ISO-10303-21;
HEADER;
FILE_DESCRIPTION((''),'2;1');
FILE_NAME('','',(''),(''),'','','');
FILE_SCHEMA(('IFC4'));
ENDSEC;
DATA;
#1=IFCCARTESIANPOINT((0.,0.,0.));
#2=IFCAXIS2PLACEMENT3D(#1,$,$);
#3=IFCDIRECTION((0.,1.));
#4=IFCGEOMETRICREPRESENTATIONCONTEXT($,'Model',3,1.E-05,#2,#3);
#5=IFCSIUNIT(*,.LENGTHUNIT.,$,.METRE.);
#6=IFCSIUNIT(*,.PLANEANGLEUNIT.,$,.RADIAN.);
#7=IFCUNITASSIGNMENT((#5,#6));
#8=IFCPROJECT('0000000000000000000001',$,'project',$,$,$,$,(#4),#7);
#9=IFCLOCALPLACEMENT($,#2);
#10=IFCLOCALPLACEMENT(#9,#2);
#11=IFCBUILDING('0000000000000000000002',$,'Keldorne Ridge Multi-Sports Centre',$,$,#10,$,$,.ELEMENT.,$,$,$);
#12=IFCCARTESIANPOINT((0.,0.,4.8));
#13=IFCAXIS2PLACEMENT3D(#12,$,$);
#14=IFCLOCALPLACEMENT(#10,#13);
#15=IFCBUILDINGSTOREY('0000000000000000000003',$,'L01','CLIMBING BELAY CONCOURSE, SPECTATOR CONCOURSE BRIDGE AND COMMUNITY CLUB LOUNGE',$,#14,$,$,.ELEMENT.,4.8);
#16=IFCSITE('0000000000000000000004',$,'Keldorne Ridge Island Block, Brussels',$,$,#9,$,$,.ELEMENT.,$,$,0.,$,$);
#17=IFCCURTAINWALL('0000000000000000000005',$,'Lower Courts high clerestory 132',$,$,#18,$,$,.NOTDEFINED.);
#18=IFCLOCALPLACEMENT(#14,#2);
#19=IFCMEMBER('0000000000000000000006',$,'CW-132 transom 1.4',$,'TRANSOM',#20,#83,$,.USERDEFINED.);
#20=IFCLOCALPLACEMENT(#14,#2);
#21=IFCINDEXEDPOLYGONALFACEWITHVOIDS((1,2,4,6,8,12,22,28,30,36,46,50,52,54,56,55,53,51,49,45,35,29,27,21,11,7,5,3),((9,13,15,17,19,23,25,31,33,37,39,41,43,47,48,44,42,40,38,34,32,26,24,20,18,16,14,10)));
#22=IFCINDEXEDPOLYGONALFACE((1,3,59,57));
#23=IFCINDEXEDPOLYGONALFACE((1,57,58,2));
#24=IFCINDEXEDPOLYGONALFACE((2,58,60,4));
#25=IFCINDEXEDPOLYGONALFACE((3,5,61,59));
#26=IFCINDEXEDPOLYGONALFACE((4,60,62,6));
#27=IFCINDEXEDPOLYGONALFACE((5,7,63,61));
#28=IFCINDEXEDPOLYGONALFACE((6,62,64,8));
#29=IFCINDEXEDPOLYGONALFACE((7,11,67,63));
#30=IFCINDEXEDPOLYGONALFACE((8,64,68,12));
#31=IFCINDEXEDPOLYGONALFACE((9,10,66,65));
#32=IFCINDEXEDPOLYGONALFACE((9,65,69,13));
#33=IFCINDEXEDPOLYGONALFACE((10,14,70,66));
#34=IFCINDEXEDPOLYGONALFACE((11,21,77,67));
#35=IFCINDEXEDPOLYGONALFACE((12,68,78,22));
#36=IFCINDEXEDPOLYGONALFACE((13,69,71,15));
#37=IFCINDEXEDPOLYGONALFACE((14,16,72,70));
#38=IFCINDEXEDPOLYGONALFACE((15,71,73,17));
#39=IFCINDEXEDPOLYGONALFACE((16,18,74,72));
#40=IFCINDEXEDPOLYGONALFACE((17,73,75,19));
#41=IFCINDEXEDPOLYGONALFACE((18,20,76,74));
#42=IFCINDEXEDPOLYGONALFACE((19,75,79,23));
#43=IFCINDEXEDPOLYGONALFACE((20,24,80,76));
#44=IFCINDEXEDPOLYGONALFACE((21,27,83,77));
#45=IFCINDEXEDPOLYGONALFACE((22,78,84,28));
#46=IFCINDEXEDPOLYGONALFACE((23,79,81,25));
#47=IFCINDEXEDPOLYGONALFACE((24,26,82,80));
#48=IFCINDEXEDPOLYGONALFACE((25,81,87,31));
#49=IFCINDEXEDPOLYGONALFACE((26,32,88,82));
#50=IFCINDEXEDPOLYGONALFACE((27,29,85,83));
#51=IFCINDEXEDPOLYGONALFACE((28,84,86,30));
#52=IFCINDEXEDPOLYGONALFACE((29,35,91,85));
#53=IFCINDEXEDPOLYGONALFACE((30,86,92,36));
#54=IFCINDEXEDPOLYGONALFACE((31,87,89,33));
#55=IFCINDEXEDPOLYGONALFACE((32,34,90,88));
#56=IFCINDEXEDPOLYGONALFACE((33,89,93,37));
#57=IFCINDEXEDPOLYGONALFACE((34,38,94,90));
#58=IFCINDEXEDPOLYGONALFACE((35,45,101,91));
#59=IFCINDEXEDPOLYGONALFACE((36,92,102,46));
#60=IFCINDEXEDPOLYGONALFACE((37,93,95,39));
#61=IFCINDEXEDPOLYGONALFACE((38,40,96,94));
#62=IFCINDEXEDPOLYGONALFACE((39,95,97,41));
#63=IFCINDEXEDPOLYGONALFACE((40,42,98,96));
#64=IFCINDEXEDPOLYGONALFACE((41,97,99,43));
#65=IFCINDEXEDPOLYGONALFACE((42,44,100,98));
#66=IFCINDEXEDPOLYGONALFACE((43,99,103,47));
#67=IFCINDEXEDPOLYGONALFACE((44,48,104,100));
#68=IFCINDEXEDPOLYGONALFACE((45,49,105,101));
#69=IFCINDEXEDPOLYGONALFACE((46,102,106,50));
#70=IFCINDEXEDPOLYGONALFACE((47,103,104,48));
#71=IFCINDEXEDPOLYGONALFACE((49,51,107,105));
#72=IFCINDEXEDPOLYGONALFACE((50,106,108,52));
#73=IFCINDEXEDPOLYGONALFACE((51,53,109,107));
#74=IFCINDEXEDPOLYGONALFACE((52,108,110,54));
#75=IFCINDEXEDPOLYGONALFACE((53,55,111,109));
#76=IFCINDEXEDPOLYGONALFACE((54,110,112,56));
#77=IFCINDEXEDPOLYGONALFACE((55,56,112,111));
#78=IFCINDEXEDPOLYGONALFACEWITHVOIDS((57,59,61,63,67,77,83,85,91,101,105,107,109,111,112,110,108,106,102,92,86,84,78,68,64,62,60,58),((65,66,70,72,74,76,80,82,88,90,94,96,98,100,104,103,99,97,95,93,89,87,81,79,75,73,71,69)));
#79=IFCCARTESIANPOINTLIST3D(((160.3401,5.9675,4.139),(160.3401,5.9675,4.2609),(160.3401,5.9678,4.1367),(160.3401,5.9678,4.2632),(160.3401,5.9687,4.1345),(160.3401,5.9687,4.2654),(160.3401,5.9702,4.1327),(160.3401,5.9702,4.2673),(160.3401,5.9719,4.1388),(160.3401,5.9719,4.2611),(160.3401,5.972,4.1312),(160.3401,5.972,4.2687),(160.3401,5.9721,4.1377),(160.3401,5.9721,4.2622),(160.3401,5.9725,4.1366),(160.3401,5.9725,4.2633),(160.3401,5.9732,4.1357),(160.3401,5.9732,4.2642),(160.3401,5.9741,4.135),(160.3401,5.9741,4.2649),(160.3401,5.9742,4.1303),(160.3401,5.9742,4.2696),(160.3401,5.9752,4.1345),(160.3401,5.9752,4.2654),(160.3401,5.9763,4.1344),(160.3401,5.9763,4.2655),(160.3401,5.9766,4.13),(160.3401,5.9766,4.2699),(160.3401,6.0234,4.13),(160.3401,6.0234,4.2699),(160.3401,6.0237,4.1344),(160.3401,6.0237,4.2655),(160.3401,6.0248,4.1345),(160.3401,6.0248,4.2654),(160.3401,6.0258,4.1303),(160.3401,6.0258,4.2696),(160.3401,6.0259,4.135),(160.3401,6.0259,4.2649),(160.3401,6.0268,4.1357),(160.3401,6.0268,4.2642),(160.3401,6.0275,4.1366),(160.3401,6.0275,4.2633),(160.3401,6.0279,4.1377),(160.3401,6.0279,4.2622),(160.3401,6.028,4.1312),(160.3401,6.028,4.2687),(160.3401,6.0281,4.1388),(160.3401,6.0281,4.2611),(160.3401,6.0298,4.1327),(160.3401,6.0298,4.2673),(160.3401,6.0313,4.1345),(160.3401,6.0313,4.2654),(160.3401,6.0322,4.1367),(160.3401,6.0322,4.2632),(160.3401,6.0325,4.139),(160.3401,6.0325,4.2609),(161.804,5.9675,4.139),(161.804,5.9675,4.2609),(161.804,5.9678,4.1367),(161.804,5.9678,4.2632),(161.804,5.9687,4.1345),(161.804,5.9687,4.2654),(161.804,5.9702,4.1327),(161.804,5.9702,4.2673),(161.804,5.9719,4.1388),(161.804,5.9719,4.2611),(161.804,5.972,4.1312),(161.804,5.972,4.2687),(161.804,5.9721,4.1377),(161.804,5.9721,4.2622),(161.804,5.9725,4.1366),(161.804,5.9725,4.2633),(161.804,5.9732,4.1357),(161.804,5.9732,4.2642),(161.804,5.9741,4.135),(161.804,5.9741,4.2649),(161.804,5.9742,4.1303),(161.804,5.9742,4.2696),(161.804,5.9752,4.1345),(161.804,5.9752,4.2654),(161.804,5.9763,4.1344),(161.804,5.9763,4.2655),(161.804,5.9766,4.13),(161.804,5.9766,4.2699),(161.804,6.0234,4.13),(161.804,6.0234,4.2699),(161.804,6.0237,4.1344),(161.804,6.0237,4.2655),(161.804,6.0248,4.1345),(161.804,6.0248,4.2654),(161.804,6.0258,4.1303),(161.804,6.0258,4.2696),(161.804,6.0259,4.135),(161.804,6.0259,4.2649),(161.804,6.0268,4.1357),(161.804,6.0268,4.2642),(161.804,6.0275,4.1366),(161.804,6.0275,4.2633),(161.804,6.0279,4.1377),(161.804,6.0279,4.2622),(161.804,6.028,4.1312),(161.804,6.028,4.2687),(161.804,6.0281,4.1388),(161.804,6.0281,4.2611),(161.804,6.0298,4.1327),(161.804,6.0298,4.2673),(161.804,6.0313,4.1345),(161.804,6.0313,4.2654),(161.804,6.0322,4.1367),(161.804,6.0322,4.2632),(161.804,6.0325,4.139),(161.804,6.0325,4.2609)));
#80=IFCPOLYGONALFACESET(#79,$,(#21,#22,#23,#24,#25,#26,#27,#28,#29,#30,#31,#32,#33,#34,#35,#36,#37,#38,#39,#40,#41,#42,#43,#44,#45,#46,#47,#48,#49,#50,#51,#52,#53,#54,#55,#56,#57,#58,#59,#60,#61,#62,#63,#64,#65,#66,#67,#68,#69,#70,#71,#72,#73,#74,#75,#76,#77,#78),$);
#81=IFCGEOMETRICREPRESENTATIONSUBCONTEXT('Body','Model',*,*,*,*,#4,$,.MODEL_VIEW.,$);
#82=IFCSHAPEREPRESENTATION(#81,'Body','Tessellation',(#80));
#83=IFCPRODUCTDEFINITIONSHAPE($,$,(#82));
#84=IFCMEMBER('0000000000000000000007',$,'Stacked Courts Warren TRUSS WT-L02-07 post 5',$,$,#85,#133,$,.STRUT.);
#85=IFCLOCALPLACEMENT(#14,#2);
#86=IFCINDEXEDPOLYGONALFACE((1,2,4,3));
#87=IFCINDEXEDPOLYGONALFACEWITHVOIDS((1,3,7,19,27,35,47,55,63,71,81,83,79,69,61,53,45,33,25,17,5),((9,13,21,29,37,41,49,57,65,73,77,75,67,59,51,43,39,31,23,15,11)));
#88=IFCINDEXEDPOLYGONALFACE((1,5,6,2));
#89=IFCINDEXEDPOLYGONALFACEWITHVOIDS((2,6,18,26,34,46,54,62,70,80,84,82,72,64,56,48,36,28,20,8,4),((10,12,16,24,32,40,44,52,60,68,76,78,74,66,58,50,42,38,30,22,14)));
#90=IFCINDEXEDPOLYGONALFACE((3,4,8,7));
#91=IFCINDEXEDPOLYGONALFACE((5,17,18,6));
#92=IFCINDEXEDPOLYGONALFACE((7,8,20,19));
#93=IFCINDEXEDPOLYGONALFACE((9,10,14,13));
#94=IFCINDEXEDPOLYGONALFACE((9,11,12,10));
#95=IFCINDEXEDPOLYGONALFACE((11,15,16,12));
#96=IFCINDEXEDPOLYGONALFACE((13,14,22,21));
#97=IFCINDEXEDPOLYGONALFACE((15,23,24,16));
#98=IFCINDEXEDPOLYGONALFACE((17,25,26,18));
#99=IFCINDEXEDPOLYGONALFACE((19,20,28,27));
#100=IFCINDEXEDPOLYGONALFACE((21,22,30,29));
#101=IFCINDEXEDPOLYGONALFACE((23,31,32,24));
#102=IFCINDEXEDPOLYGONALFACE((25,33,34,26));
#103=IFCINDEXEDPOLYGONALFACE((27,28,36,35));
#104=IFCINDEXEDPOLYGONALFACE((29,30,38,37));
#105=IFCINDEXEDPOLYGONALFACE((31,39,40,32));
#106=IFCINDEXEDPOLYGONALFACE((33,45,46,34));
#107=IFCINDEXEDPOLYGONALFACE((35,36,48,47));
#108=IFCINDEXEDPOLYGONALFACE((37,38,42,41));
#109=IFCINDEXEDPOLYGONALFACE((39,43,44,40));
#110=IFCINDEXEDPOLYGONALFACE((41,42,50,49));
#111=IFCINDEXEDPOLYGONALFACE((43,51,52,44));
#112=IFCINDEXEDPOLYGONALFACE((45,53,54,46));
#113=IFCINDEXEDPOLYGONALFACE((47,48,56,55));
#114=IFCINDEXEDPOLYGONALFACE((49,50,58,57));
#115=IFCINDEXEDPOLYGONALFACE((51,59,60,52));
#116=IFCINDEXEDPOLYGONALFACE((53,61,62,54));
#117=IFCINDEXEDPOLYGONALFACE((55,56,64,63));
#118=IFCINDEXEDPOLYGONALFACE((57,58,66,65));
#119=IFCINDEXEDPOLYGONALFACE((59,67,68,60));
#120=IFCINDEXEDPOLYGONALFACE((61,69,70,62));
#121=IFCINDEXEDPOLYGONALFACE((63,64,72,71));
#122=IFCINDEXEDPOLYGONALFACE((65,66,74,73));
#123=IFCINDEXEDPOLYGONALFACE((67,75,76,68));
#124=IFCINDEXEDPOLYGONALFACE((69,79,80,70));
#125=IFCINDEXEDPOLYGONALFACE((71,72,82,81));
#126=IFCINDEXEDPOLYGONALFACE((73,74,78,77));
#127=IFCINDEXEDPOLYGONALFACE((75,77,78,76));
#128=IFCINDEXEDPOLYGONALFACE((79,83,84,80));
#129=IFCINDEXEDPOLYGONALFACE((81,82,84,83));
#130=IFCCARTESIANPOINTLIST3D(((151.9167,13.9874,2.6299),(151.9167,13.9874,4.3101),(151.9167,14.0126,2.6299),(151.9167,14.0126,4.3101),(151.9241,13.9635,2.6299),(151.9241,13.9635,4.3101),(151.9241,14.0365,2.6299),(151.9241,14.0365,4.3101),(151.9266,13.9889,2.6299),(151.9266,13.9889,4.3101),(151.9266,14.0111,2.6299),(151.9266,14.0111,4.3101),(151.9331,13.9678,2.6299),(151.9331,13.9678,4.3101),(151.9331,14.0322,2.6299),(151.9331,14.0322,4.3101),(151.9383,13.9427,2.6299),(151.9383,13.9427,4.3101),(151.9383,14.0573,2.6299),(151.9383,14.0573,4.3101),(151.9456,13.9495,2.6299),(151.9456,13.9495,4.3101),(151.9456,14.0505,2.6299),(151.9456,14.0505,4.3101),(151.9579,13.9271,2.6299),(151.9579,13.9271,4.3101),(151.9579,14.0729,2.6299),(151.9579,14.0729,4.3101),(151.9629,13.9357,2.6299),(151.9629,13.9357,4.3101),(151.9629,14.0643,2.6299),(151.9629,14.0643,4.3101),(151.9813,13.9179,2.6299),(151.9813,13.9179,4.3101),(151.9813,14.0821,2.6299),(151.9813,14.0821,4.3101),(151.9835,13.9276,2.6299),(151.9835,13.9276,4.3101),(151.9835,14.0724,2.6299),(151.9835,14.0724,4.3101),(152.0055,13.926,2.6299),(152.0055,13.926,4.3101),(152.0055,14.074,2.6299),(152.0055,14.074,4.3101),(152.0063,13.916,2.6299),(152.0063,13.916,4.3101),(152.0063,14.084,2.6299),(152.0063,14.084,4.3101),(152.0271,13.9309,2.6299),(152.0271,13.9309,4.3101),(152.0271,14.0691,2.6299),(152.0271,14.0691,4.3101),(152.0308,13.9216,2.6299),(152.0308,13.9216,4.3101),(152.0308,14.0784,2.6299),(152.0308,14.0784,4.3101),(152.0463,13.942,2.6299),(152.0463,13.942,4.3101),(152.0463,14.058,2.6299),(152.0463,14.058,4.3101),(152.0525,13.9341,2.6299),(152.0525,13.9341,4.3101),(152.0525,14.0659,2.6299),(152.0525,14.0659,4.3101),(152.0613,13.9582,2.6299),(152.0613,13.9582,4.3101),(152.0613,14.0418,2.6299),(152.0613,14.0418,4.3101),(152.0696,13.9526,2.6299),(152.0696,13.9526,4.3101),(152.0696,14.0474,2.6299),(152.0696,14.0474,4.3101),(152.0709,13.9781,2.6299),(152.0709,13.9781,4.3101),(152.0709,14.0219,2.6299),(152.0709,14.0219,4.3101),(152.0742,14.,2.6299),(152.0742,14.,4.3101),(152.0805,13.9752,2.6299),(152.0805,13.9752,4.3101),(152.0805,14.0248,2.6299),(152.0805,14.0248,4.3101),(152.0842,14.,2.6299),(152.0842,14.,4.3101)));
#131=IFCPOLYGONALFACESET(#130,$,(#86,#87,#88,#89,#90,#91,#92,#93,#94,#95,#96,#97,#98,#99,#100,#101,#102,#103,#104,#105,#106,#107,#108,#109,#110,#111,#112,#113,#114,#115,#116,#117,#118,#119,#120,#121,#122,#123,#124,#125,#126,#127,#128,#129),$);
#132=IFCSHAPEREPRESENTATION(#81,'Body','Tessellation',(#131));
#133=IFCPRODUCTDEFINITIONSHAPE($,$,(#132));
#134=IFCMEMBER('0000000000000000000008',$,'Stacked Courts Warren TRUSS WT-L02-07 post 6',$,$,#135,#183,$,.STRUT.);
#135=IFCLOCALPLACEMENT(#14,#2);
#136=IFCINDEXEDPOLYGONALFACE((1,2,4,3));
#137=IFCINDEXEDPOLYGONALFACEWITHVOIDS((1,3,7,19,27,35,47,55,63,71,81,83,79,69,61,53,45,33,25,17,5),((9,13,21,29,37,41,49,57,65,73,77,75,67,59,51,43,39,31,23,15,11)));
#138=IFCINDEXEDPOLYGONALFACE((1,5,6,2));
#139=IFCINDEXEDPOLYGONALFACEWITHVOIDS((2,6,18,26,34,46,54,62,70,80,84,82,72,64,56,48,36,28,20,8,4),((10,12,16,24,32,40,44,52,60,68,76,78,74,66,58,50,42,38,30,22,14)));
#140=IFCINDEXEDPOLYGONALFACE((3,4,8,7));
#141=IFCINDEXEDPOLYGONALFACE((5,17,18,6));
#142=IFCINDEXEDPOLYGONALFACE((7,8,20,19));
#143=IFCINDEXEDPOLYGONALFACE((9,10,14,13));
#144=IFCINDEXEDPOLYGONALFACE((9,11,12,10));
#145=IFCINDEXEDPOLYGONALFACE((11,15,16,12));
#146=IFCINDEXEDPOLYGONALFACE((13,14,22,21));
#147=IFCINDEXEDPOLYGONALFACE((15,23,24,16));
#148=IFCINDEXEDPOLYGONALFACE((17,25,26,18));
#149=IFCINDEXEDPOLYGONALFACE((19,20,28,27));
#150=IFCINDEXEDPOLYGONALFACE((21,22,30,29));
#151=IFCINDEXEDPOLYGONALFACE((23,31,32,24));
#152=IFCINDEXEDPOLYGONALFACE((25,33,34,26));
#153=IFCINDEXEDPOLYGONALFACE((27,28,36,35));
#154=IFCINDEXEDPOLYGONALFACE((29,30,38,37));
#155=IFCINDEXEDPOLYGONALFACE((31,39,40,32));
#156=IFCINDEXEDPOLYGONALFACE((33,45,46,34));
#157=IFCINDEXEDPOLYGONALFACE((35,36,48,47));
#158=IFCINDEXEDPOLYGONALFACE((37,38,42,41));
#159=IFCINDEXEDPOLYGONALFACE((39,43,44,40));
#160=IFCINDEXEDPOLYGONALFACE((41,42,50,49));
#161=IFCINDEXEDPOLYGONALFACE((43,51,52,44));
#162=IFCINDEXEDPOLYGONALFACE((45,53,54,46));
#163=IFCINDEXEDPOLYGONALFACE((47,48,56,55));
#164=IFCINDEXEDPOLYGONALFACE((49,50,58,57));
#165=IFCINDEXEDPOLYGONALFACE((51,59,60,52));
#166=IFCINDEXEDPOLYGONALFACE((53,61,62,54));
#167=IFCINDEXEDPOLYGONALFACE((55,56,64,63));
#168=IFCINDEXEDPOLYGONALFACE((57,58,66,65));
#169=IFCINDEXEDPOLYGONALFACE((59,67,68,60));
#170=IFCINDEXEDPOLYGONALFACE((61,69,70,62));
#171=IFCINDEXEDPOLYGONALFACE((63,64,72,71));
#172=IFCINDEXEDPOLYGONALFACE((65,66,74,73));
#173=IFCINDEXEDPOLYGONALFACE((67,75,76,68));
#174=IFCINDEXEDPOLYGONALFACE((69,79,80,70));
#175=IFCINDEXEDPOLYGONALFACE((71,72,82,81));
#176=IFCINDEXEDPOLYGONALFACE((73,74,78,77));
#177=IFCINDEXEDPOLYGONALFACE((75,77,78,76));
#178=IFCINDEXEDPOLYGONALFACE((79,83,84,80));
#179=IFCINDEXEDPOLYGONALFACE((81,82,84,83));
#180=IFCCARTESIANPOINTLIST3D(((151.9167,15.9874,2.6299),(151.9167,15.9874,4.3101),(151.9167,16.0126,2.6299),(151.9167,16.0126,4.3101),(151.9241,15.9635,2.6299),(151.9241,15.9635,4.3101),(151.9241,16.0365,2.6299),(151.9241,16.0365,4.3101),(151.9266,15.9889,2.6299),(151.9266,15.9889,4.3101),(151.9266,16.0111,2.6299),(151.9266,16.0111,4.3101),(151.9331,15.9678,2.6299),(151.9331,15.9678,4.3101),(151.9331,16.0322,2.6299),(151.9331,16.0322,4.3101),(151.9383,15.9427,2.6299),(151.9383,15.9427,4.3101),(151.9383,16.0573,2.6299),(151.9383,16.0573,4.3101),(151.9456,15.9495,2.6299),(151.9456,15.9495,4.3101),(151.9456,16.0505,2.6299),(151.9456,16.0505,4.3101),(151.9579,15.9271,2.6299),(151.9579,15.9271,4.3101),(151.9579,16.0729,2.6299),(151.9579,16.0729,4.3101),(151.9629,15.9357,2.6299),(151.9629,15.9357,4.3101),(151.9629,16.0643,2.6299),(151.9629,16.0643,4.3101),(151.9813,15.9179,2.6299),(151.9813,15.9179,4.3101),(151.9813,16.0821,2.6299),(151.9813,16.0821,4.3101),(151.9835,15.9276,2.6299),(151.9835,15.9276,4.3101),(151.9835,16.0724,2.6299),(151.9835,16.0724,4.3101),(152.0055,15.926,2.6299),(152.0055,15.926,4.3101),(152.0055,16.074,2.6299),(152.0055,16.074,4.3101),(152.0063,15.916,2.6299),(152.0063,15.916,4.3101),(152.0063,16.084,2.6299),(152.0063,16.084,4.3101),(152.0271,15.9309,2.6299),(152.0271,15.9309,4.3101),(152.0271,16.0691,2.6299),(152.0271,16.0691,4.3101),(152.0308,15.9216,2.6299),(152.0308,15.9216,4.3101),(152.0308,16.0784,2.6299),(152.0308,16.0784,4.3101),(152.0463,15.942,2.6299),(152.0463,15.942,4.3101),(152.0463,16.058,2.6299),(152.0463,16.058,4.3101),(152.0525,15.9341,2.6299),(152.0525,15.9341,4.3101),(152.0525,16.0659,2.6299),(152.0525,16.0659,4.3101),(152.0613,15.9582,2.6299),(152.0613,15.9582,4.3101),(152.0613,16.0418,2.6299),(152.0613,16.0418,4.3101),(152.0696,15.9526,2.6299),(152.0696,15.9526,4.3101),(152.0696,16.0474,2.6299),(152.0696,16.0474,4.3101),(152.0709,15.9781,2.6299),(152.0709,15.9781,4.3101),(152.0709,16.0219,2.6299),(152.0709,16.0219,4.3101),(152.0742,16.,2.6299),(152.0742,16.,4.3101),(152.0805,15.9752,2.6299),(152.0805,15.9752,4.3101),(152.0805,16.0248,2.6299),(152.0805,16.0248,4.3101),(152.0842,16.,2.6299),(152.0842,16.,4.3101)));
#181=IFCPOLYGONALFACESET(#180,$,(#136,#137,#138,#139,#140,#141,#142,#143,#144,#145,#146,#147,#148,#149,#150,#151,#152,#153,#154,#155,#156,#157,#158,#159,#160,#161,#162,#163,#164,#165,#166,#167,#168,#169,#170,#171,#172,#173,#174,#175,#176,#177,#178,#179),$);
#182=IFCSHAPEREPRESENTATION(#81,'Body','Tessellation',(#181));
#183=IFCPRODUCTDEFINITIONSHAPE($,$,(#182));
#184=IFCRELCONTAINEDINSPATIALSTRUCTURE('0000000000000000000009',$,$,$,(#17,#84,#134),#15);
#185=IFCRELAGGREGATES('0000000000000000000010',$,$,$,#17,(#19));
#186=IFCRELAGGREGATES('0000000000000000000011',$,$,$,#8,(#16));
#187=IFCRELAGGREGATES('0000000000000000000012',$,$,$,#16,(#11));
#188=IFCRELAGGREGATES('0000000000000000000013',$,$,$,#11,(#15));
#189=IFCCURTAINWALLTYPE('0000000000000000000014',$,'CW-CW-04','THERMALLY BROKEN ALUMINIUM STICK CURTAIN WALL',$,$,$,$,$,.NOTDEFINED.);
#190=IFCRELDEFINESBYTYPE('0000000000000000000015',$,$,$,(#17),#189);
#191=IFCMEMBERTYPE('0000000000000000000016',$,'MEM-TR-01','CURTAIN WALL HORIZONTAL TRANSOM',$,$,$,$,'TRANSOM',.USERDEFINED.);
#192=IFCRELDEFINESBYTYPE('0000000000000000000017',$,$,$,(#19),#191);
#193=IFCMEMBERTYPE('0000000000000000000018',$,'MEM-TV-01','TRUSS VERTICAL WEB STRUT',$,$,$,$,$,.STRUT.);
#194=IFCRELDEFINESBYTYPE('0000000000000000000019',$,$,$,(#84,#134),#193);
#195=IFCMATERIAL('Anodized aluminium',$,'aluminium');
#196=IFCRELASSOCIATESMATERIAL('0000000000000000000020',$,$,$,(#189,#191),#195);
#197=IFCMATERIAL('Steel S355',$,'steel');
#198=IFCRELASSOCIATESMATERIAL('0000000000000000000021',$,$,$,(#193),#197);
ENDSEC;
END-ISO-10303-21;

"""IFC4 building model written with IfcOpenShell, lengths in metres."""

from ifc_helpers import new_model, si_unit, direction, frame, origin, origin_2d, place, context, subcontext, project, spatial, hollow_rectangle, hollow_circle, extrude, material, material_profile, profile_set, type_object, element, aggregate, save


model = new_model("IFC4")

# Units and contexts
model_context = context("Model", 3, precision=1e-05, world=origin(), true_north=direction((0.0, 1.0)))
body_context = subcontext(model_context, "Body", "Model", "MODEL_VIEW")
ifc_project = project(units=[si_unit("LENGTHUNIT", "METRE"), si_unit("PLANEANGLEUNIT", "RADIAN")], contexts=[model_context])

# Site, building, storey
site_placement = place(None, origin())
site = spatial("IfcSite", under=ifc_project, at=site_placement, Name="Keldorne Ridge Island Block, Brussels", CompositionType="ELEMENT", RefElevation=0.0)
building_placement = place(site_placement, origin())
building = spatial("IfcBuilding", under=site, at=building_placement, Name="Keldorne Ridge Multi-Sports Centre", CompositionType="ELEMENT")
storey_placement = place(building_placement, frame((0.0, 0.0, 4.8)))
storey = spatial("IfcBuildingStorey", under=building, at=storey_placement, Name="L01", Description="CLIMBING BELAY CONCOURSE, SPECTATOR CONCOURSE BRIDGE AND COMMUNITY CLUB LOUNGE", CompositionType="ELEMENT", Elevation=4.8)

# Shared definitions
ifc_material_1 = material(Name="Steel S355", Category="steel")

# Curtain wall
ifc_material_2 = material(Name="Anodized aluminium", Category="aluminium")
curtain_wall_type_1 = type_object("IfcCurtainWallType", Name="CW-CW-04", Description="THERMALLY BROKEN ALUMINIUM STICK CURTAIN WALL", PredefinedType="NOTDEFINED", material=ifc_material_2)
curtain_wall_1_placement = place(storey_placement, origin())
curtain_wall_1 = element("IfcCurtainWall", 1, at=curtain_wall_1_placement, inside=storey, type_object=curtain_wall_type_1, Name="Lower Courts high clerestory 132", PredefinedType="NOTDEFINED")

# Member
ifc_material_profile_1 = material_profile(ifc_material_2, hollow_rectangle(XDim=0.0649, YDim=0.1399, WallThickness=0.0044, InnerFilletRadius=0.0044, OuterFilletRadius=0.009, at=origin_2d()), Name="ALU TRANSOM 140x65x4.5")
ifc_profile_set_1 = profile_set([ifc_material_profile_1], Name="Anodized aluminium")
member_type_1 = type_object("IfcMemberType", Name="MEM-TR-01", Description="CURTAIN WALL HORIZONTAL TRANSOM", ElementType="TRANSOM", PredefinedType="USERDEFINED", material=ifc_profile_set_1)
member_1_placement = place(storey_placement, frame((160.3401, 6.0, 4.2), z_axis=(1.0, 0.0, 0.0), x_axis=(0.0, 1.0, 0.0)))
member_1 = element("IfcMember", 2, at=member_1_placement, type_object=member_type_1, Name="CW-132 transom 1.4", ObjectType="TRANSOM", PredefinedType="USERDEFINED", context=body_context, shape_type="SweptSolid", body=[
    extrude(hollow_rectangle(XDim=0.0649, YDim=0.1399, WallThickness=0.0044, InnerFilletRadius=0.0044, OuterFilletRadius=0.009, at=origin_2d()), origin(), (0.0, 0.0, 1.0), 1.4639),
])

# Members
ifc_material_profile_2 = material_profile(ifc_material_1, hollow_circle(Radius=0.0842, WallThickness=0.01, at=origin_2d()), Name="CHS 168.3x10")
ifc_profile_set_2 = profile_set([ifc_material_profile_2], Name="Steel S355")
member_type_2 = type_object("IfcMemberType", Name="MEM-TV-01", Description="TRUSS VERTICAL WEB STRUT", PredefinedType="STRUT", material=ifc_profile_set_2)
for number, where, z_axis, x_axis, name in (
    (3, (152.0, 14.0, 2.6299), (0.0, 0.0, 1.0), (1.0, 0.0, 0.0), "Stacked Courts Warren TRUSS WT-L02-07 post 5"),
    (4, (152.0, 16.0, 2.6299), (0.0, 0.0, 1.0), (1.0, 0.0, 0.0), "Stacked Courts Warren TRUSS WT-L02-07 post 6"),
):
    element("IfcMember", number, at=place(storey_placement, frame(where, z_axis=z_axis, x_axis=x_axis)), inside=storey, type_object=member_type_2, Name=name, PredefinedType="STRUT", context=body_context, shape_type="SweptSolid", body=[
        extrude(hollow_circle(Radius=0.0842, WallThickness=0.01, at=origin_2d()), origin(), (0.0, 0.0, 1.0), 1.6802),
    ])

aggregate(curtain_wall_1, [member_1])

save(model, "model.ifc")
